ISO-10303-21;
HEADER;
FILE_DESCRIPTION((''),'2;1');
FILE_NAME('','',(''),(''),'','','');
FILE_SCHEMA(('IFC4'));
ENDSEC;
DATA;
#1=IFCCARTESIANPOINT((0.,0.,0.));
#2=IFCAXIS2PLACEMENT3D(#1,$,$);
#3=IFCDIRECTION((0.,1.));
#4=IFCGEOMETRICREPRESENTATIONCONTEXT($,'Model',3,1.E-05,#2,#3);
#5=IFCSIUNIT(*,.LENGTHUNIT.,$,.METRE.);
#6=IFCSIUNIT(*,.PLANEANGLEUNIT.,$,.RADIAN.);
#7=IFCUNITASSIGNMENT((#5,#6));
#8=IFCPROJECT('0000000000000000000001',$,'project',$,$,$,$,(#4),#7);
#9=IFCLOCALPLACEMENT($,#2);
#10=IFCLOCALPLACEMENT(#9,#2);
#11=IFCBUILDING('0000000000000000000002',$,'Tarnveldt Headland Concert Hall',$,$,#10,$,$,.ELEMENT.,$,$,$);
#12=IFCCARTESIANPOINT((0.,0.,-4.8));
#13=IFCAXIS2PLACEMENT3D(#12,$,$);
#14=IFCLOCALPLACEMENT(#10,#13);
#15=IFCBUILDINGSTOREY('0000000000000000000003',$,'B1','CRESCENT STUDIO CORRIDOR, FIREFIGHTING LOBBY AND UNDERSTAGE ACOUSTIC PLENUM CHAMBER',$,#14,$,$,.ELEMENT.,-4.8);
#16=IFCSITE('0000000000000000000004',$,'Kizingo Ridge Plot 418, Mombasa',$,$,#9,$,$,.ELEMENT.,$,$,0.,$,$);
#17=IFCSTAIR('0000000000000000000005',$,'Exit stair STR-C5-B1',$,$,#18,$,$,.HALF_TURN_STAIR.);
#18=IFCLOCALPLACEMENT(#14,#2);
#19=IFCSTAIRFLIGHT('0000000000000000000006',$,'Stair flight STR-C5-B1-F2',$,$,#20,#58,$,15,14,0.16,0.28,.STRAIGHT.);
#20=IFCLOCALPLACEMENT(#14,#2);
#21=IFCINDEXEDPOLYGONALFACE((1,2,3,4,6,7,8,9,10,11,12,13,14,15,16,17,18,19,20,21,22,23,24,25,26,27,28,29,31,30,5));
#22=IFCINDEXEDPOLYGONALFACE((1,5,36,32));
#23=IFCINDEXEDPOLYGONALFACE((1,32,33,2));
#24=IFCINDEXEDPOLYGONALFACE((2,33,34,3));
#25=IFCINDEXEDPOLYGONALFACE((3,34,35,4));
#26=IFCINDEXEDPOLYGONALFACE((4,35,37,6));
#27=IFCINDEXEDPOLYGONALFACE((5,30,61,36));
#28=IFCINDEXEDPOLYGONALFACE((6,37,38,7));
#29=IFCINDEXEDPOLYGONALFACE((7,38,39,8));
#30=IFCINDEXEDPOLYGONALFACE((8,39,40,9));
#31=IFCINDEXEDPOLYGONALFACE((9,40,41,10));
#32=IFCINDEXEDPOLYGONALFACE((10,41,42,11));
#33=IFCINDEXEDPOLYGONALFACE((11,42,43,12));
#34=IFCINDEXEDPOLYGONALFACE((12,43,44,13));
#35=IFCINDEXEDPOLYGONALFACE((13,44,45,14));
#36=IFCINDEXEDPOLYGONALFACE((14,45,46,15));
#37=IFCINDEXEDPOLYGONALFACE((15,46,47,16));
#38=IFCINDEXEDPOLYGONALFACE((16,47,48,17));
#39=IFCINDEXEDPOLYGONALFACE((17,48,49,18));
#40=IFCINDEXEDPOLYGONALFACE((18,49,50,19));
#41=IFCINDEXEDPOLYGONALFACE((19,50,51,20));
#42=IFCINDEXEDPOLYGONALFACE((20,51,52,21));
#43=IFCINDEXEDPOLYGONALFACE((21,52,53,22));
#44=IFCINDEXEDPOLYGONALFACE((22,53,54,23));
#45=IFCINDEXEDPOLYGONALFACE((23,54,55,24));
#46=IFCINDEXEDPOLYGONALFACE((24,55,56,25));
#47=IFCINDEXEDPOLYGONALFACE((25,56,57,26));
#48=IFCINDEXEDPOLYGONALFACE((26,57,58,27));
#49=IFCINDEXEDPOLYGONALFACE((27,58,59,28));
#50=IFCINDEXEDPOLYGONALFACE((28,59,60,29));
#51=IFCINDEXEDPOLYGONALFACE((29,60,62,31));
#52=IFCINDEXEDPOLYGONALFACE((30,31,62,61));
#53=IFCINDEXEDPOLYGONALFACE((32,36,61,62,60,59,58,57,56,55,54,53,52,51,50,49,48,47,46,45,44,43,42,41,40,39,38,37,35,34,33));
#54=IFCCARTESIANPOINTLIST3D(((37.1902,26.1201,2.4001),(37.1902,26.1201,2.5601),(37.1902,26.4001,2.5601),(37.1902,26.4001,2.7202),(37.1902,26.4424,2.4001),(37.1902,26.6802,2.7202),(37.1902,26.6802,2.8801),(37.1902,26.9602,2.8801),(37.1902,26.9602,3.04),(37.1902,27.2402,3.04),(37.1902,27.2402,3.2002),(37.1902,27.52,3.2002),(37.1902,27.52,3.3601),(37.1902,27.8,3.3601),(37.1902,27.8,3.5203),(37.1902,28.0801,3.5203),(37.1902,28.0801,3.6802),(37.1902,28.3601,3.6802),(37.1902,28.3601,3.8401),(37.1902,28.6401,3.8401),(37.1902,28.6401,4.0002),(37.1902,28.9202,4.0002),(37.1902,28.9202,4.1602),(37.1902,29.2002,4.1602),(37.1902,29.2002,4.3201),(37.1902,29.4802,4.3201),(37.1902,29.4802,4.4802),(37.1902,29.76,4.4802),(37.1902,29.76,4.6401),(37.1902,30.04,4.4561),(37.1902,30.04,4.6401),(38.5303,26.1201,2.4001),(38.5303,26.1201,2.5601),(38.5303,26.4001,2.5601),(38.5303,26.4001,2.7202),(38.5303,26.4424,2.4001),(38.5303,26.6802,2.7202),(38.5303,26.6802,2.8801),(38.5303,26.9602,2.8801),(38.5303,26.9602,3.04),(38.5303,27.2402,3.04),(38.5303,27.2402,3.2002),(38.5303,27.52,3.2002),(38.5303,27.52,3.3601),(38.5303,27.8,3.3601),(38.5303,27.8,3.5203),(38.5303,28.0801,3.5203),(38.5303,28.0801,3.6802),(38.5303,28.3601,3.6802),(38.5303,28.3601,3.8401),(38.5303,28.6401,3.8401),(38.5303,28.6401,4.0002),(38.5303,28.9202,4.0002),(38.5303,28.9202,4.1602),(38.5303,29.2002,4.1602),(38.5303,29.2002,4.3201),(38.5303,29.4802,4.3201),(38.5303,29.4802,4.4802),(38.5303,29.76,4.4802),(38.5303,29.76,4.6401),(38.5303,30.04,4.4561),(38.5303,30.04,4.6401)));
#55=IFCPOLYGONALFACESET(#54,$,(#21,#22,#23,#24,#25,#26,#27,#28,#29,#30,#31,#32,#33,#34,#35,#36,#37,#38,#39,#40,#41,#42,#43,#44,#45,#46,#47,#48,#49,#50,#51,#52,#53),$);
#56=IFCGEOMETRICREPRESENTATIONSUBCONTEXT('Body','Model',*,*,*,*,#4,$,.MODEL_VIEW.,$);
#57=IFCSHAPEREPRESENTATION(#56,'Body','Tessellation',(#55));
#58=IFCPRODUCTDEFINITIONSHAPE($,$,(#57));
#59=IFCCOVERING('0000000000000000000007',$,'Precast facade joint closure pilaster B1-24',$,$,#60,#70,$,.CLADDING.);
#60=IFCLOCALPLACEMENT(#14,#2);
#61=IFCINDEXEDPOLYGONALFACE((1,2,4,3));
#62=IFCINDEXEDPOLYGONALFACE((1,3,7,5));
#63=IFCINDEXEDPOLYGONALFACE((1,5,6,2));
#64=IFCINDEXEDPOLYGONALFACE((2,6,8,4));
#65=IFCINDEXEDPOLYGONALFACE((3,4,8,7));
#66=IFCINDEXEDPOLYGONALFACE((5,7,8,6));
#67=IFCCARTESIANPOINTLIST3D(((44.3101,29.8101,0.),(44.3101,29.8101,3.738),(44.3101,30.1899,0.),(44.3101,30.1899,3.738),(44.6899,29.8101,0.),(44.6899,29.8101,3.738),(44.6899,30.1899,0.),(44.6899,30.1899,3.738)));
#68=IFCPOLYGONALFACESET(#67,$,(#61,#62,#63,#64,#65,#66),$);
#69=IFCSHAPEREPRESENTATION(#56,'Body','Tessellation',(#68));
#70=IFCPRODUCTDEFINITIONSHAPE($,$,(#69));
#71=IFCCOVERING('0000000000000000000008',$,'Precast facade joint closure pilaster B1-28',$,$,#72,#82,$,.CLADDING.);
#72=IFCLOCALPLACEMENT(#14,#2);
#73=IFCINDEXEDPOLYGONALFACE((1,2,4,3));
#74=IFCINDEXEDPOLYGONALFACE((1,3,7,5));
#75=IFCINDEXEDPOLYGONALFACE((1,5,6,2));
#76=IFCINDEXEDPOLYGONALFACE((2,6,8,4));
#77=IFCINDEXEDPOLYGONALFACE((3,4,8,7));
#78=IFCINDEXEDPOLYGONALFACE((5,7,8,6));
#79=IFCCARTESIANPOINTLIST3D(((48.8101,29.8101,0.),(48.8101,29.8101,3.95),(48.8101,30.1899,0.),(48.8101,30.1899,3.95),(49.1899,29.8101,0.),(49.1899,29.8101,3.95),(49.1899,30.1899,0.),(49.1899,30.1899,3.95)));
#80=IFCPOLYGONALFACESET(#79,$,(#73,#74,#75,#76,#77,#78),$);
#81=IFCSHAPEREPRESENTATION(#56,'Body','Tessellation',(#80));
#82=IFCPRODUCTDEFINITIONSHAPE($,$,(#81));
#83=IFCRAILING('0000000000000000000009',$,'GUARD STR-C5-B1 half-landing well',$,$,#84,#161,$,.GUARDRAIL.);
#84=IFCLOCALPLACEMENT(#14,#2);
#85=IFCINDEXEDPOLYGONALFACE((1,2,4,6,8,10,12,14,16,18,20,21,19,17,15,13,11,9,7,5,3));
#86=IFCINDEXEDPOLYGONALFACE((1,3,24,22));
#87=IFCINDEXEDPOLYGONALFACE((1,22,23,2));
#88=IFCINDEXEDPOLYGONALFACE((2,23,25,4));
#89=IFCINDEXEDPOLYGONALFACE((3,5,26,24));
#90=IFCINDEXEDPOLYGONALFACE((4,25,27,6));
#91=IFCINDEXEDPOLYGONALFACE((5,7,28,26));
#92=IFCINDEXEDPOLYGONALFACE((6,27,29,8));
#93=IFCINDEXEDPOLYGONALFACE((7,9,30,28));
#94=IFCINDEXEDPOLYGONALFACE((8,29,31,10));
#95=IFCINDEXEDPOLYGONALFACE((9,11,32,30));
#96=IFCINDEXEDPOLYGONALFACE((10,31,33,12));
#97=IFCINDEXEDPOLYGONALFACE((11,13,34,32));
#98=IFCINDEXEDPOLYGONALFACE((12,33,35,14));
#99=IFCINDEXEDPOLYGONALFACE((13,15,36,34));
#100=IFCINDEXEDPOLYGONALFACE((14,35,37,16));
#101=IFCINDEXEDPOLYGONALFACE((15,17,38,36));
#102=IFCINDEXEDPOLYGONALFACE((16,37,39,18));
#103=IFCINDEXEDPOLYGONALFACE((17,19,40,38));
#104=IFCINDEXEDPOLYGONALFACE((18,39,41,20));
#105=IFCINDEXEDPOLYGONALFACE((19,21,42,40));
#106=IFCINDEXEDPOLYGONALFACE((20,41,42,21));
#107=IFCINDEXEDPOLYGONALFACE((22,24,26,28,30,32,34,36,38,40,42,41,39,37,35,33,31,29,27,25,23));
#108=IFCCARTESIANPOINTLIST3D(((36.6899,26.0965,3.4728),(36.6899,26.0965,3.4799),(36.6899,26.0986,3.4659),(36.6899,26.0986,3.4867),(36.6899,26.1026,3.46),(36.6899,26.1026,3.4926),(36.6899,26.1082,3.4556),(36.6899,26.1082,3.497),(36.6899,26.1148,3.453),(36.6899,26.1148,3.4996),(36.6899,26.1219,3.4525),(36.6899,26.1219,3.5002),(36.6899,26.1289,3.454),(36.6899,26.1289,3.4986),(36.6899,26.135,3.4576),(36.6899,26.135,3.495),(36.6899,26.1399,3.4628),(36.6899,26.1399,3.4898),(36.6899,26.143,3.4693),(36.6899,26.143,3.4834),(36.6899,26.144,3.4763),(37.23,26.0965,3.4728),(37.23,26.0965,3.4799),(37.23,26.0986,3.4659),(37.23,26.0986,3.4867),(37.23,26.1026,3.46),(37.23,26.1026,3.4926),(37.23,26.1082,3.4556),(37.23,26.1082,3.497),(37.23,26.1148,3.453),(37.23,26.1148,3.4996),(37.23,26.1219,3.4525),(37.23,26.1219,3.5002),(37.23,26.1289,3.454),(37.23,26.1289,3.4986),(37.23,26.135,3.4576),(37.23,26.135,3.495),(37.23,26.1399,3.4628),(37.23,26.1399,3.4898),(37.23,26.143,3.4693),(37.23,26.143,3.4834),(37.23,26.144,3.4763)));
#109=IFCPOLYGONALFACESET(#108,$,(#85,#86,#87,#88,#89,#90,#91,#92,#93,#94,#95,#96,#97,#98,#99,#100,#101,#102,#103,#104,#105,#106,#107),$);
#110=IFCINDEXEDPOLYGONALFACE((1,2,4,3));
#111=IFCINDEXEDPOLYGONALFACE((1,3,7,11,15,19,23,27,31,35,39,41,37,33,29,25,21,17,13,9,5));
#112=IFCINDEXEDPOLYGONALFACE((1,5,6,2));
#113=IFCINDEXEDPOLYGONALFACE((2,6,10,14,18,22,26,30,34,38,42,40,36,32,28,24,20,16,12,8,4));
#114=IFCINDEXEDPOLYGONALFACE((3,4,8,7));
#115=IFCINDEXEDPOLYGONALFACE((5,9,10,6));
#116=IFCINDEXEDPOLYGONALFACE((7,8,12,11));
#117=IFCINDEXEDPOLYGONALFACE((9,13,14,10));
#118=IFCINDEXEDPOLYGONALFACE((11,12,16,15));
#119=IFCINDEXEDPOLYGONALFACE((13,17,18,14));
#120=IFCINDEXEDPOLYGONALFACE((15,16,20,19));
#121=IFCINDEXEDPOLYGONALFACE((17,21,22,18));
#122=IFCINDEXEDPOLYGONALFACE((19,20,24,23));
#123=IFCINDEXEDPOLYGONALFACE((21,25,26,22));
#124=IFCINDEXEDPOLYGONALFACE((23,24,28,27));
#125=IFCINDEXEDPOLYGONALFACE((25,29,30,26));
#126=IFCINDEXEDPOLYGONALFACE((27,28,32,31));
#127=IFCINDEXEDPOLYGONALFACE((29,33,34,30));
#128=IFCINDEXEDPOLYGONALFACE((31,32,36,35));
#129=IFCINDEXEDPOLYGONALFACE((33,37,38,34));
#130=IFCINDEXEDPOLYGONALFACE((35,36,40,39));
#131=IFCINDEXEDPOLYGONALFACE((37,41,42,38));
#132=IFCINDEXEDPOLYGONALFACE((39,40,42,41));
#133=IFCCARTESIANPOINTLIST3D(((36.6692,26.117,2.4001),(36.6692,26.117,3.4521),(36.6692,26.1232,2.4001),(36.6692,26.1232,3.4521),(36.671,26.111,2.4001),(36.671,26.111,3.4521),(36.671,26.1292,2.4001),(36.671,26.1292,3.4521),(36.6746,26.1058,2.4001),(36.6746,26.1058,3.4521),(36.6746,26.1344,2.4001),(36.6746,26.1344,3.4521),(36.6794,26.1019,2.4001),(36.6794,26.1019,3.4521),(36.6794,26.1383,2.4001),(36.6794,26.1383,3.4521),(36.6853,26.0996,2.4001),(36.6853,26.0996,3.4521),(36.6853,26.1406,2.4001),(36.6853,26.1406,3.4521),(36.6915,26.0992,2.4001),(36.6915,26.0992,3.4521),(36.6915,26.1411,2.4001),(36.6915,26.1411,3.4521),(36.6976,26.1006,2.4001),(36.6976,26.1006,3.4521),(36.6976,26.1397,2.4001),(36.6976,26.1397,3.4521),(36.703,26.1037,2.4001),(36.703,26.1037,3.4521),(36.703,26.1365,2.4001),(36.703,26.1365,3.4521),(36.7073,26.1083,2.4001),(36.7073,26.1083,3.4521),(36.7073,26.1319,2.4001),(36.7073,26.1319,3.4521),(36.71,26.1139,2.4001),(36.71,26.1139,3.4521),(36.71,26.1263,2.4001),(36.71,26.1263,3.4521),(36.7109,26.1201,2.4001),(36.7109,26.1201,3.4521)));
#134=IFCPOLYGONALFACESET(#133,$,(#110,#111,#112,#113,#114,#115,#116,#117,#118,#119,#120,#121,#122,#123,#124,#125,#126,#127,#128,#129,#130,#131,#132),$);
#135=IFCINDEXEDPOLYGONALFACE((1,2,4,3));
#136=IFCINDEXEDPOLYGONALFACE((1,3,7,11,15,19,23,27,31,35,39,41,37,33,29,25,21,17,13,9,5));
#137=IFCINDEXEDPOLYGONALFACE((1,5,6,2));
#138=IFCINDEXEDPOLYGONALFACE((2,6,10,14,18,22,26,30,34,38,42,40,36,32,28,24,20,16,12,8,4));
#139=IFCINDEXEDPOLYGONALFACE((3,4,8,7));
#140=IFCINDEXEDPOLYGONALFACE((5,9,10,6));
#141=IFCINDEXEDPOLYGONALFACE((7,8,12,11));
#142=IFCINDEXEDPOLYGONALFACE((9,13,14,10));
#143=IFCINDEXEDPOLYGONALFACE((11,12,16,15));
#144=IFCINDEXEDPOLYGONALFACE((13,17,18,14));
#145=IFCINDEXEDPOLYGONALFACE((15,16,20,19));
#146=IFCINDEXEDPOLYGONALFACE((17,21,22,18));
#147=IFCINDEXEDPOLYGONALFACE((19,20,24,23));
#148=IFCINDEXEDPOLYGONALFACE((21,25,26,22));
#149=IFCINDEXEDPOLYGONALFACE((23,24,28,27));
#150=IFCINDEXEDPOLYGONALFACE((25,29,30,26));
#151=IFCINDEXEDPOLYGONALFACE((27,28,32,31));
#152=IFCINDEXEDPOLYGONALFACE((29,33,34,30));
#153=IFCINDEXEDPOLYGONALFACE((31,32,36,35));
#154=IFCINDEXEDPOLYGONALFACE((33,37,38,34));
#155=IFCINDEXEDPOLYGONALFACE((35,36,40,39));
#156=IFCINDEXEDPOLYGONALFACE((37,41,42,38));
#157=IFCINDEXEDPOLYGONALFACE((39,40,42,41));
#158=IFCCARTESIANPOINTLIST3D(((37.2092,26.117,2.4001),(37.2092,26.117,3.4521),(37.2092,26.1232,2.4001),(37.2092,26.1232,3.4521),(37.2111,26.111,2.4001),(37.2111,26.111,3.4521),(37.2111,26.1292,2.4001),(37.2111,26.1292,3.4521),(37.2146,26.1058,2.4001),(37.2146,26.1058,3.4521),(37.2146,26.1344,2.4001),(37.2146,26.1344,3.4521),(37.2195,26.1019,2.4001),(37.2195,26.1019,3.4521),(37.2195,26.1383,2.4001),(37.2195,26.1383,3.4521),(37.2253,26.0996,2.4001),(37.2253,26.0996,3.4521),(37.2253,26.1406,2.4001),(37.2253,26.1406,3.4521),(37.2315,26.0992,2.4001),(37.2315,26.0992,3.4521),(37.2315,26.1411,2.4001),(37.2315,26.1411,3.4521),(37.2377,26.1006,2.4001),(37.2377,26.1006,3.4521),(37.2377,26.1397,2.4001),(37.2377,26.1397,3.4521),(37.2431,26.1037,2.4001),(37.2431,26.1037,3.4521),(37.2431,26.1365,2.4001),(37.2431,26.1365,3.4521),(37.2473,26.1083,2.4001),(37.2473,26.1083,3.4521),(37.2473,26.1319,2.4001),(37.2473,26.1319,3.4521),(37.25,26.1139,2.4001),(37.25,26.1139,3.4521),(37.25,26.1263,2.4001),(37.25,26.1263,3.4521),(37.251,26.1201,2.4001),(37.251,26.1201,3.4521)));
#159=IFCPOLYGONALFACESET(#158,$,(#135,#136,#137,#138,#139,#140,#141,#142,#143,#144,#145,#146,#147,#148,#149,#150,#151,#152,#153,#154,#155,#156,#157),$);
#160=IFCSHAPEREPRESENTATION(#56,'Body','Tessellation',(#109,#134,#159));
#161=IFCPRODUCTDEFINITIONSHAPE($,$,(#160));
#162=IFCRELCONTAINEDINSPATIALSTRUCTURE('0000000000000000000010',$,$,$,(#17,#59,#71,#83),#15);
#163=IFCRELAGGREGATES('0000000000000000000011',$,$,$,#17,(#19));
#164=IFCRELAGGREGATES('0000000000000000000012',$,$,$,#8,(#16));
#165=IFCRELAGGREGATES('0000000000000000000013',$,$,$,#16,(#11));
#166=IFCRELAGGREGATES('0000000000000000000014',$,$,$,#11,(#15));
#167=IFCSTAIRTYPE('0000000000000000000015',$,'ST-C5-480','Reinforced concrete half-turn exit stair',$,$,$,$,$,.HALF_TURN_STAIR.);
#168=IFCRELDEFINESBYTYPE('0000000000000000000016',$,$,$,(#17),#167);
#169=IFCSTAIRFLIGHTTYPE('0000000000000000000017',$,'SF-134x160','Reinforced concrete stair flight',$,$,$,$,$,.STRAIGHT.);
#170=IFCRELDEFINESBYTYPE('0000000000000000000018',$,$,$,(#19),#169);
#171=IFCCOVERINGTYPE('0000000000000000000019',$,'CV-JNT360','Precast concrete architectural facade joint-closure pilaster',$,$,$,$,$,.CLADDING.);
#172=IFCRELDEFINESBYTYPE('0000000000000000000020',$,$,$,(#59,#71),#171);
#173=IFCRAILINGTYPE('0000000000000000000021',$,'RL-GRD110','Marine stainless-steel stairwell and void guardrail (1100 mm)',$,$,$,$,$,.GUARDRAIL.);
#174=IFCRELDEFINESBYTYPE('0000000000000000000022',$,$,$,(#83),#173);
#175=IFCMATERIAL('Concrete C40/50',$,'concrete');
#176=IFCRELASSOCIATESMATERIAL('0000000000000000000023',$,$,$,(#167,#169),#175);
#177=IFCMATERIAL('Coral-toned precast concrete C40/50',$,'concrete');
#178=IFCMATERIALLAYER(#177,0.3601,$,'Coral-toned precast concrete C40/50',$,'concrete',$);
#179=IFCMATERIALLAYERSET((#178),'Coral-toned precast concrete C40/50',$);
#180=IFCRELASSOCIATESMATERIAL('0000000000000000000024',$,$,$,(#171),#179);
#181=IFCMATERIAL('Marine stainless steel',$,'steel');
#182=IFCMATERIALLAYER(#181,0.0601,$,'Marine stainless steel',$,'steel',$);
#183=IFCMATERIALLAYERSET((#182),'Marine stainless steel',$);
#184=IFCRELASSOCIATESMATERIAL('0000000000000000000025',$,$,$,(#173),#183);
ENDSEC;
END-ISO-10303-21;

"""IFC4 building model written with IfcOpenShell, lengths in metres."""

from ifc_helpers import new_model, si_unit, direction, frame, origin, origin_2d, place, context, subcontext, project, spatial, polyline, rectangle, circle, outline, extrude, material, layer, layer_set, type_object, element, aggregate, save


model = new_model("IFC4")

# Units and contexts
model_context = context("Model", 3, precision=1e-05, world=origin(), true_north=direction((0.0, 1.0)))
body_context = subcontext(model_context, "Body", "Model", "MODEL_VIEW")
ifc_project = project(units=[si_unit("LENGTHUNIT", "METRE"), si_unit("PLANEANGLEUNIT", "RADIAN")], contexts=[model_context])

# Site, building, storey
site_placement = place(None, origin())
site = spatial("IfcSite", under=ifc_project, at=site_placement, Name="Kizingo Ridge Plot 418, Mombasa", CompositionType="ELEMENT", RefElevation=0.0)
building_placement = place(site_placement, origin())
building = spatial("IfcBuilding", under=site, at=building_placement, Name="Tarnveldt Headland Concert Hall", CompositionType="ELEMENT")
storey_placement = place(building_placement, frame((0.0, 0.0, -4.8)))
storey = spatial("IfcBuildingStorey", under=building, at=storey_placement, Name="B1", Description="CRESCENT STUDIO CORRIDOR, FIREFIGHTING LOBBY AND UNDERSTAGE ACOUSTIC PLENUM CHAMBER", CompositionType="ELEMENT", Elevation=-4.8)

# Shared definitions
ifc_material_1 = material(Name="Concrete C40/50", Category="concrete")

# Shared definitions
ifc_material_2 = material(Name="Coral-toned precast concrete C40/50", Category="concrete")

# Stair, stair flight
stair_type = type_object("IfcStairType", Name="ST-C5-480", Description="Reinforced concrete half-turn exit stair", PredefinedType="HALF_TURN_STAIR", material=ifc_material_1)
stair_placement = place(storey_placement, origin())
stair = element("IfcStair", 1, at=stair_placement, inside=storey, type_object=stair_type, Name="Exit stair STR-C5-B1", PredefinedType="HALF_TURN_STAIR")
stair_flight_type = type_object("IfcStairFlightType", Name="SF-134x160", Description="Reinforced concrete stair flight", PredefinedType="STRAIGHT", material=ifc_material_1)
stair_flight_1_placement = place(storey_placement, frame((37.8601, 26.1201, 2.4001), z_axis=(0.0, 0.0, 1.0), x_axis=(0.0, 1.0, 0.0)))
stair_flight_1 = element("IfcStairFlight", 2, at=stair_flight_1_placement, type_object=stair_flight_type, Name="Stair flight STR-C5-B1-F2", NumberOfRisers=15, NumberOfTreads=14, PredefinedType="STRAIGHT", RiserHeight=0.16, TreadLength=0.28, context=body_context, shape_type="SweptSolid", body=[
    extrude(outline(polyline([(0.0, 0.0), (0.0, 0.1599), (0.28, 0.1599), (0.28, 0.3201), (0.5601, 0.3201), (0.5601, 0.48), (0.8401, 0.48), (0.8401, 0.6399), (1.1201, 0.6399), (1.1201, 0.8), (1.3999, 0.8), (1.3999, 0.96), (1.6799, 0.96), (1.6799, 1.1201), (1.96, 1.1201), (1.96, 1.28), (2.24, 1.28), (2.24, 1.4399), (2.52, 1.4399), (2.52, 1.6001), (2.8, 1.6001), (2.8, 1.76), (3.0801, 1.76), (3.0801, 1.9199), (3.3601, 1.9199), (3.3601, 2.0801), (3.6399, 2.0801), (3.6399, 2.24), (3.9199, 2.24), (3.9199, 2.3999), (3.9199, 2.0559), (0.3223, 0.0), (0.0, 0.0)])), frame((0.0, 0.6699, 0.0), z_axis=(0.0, -1.0, 0.0), x_axis=(1.0, 0.0, 0.0)), (0.0, 0.0, 1.0), 1.3401),
])
aggregate(stair, [stair_flight_1])

# Coverings
ifc_layer_1 = layer(ifc_material_2, 0.3601, Name="Coral-toned precast concrete C40/50", Category="concrete")
ifc_layer_set_1 = layer_set([ifc_layer_1], Name="Coral-toned precast concrete C40/50")
covering_type = type_object("IfcCoveringType", Name="CV-JNT360", Description="Precast concrete architectural facade joint-closure pilaster", PredefinedType="CLADDING", material=ifc_layer_set_1)
covering_1_placement = place(storey_placement, frame((44.5, 30.0, 0.0), z_axis=(0.0, 0.0, 1.0), x_axis=(0.0, -1.0, 0.0)))
element("IfcCovering", 3, at=covering_1_placement, inside=storey, type_object=covering_type, Name="Precast facade joint closure pilaster B1-24", PredefinedType="CLADDING", context=body_context, shape_type="SweptSolid", body=[
    extrude(rectangle(XDim=0.3799, YDim=0.3799, at=origin_2d()), origin(), (0.0, 0.0, 1.0), 3.738),
])
covering_2_placement = place(storey_placement, frame((49.0, 30.0, 0.0), z_axis=(0.0, 0.0, 1.0), x_axis=(-1.0, 0.0, 0.0)))
element("IfcCovering", 4, at=covering_2_placement, inside=storey, type_object=covering_type, Name="Precast facade joint closure pilaster B1-28", PredefinedType="CLADDING", context=body_context, shape_type="SweptSolid", body=[
    extrude(rectangle(XDim=0.3799, YDim=0.3799, at=origin_2d()), origin(), (0.0, 0.0, 1.0), 3.95),
])

# Railing
ifc_material_3 = material(Name="Marine stainless steel", Category="steel")
ifc_layer_2 = layer(ifc_material_3, 0.0601, Name="Marine stainless steel", Category="steel")
ifc_layer_set_2 = layer_set([ifc_layer_2], Name="Marine stainless steel")
railing_type_1 = type_object("IfcRailingType", Name="RL-GRD110", Description="Marine stainless-steel stairwell and void guardrail (1100 mm)", PredefinedType="GUARDRAIL", material=ifc_layer_set_2)
railing_1_placement = place(storey_placement, frame((36.6899, 26.1201, 2.4001)))
element("IfcRailing", 5, at=railing_1_placement, inside=storey, type_object=railing_type_1, Name="GUARD STR-C5-B1 half-landing well", PredefinedType="GUARDRAIL", context=body_context, shape_type="SweptSolid", body=[
    extrude(circle(Radius=0.0239, at=origin_2d()), frame((0.0, 0.0, 1.0762), z_axis=(1.0, 0.0, 0.0), x_axis=(0.0, 1.0, 0.0)), (0.0, 0.0, 1.0), 0.54),
    extrude(circle(Radius=0.021, at=origin_2d()), origin(), (0.0, 0.0, 1.0), 1.052),
    extrude(circle(Radius=0.021, at=origin_2d()), frame((0.54, 0.0, 0.0)), (0.0, 0.0, 1.0), 1.052),
])

save(model, "model.ifc")
